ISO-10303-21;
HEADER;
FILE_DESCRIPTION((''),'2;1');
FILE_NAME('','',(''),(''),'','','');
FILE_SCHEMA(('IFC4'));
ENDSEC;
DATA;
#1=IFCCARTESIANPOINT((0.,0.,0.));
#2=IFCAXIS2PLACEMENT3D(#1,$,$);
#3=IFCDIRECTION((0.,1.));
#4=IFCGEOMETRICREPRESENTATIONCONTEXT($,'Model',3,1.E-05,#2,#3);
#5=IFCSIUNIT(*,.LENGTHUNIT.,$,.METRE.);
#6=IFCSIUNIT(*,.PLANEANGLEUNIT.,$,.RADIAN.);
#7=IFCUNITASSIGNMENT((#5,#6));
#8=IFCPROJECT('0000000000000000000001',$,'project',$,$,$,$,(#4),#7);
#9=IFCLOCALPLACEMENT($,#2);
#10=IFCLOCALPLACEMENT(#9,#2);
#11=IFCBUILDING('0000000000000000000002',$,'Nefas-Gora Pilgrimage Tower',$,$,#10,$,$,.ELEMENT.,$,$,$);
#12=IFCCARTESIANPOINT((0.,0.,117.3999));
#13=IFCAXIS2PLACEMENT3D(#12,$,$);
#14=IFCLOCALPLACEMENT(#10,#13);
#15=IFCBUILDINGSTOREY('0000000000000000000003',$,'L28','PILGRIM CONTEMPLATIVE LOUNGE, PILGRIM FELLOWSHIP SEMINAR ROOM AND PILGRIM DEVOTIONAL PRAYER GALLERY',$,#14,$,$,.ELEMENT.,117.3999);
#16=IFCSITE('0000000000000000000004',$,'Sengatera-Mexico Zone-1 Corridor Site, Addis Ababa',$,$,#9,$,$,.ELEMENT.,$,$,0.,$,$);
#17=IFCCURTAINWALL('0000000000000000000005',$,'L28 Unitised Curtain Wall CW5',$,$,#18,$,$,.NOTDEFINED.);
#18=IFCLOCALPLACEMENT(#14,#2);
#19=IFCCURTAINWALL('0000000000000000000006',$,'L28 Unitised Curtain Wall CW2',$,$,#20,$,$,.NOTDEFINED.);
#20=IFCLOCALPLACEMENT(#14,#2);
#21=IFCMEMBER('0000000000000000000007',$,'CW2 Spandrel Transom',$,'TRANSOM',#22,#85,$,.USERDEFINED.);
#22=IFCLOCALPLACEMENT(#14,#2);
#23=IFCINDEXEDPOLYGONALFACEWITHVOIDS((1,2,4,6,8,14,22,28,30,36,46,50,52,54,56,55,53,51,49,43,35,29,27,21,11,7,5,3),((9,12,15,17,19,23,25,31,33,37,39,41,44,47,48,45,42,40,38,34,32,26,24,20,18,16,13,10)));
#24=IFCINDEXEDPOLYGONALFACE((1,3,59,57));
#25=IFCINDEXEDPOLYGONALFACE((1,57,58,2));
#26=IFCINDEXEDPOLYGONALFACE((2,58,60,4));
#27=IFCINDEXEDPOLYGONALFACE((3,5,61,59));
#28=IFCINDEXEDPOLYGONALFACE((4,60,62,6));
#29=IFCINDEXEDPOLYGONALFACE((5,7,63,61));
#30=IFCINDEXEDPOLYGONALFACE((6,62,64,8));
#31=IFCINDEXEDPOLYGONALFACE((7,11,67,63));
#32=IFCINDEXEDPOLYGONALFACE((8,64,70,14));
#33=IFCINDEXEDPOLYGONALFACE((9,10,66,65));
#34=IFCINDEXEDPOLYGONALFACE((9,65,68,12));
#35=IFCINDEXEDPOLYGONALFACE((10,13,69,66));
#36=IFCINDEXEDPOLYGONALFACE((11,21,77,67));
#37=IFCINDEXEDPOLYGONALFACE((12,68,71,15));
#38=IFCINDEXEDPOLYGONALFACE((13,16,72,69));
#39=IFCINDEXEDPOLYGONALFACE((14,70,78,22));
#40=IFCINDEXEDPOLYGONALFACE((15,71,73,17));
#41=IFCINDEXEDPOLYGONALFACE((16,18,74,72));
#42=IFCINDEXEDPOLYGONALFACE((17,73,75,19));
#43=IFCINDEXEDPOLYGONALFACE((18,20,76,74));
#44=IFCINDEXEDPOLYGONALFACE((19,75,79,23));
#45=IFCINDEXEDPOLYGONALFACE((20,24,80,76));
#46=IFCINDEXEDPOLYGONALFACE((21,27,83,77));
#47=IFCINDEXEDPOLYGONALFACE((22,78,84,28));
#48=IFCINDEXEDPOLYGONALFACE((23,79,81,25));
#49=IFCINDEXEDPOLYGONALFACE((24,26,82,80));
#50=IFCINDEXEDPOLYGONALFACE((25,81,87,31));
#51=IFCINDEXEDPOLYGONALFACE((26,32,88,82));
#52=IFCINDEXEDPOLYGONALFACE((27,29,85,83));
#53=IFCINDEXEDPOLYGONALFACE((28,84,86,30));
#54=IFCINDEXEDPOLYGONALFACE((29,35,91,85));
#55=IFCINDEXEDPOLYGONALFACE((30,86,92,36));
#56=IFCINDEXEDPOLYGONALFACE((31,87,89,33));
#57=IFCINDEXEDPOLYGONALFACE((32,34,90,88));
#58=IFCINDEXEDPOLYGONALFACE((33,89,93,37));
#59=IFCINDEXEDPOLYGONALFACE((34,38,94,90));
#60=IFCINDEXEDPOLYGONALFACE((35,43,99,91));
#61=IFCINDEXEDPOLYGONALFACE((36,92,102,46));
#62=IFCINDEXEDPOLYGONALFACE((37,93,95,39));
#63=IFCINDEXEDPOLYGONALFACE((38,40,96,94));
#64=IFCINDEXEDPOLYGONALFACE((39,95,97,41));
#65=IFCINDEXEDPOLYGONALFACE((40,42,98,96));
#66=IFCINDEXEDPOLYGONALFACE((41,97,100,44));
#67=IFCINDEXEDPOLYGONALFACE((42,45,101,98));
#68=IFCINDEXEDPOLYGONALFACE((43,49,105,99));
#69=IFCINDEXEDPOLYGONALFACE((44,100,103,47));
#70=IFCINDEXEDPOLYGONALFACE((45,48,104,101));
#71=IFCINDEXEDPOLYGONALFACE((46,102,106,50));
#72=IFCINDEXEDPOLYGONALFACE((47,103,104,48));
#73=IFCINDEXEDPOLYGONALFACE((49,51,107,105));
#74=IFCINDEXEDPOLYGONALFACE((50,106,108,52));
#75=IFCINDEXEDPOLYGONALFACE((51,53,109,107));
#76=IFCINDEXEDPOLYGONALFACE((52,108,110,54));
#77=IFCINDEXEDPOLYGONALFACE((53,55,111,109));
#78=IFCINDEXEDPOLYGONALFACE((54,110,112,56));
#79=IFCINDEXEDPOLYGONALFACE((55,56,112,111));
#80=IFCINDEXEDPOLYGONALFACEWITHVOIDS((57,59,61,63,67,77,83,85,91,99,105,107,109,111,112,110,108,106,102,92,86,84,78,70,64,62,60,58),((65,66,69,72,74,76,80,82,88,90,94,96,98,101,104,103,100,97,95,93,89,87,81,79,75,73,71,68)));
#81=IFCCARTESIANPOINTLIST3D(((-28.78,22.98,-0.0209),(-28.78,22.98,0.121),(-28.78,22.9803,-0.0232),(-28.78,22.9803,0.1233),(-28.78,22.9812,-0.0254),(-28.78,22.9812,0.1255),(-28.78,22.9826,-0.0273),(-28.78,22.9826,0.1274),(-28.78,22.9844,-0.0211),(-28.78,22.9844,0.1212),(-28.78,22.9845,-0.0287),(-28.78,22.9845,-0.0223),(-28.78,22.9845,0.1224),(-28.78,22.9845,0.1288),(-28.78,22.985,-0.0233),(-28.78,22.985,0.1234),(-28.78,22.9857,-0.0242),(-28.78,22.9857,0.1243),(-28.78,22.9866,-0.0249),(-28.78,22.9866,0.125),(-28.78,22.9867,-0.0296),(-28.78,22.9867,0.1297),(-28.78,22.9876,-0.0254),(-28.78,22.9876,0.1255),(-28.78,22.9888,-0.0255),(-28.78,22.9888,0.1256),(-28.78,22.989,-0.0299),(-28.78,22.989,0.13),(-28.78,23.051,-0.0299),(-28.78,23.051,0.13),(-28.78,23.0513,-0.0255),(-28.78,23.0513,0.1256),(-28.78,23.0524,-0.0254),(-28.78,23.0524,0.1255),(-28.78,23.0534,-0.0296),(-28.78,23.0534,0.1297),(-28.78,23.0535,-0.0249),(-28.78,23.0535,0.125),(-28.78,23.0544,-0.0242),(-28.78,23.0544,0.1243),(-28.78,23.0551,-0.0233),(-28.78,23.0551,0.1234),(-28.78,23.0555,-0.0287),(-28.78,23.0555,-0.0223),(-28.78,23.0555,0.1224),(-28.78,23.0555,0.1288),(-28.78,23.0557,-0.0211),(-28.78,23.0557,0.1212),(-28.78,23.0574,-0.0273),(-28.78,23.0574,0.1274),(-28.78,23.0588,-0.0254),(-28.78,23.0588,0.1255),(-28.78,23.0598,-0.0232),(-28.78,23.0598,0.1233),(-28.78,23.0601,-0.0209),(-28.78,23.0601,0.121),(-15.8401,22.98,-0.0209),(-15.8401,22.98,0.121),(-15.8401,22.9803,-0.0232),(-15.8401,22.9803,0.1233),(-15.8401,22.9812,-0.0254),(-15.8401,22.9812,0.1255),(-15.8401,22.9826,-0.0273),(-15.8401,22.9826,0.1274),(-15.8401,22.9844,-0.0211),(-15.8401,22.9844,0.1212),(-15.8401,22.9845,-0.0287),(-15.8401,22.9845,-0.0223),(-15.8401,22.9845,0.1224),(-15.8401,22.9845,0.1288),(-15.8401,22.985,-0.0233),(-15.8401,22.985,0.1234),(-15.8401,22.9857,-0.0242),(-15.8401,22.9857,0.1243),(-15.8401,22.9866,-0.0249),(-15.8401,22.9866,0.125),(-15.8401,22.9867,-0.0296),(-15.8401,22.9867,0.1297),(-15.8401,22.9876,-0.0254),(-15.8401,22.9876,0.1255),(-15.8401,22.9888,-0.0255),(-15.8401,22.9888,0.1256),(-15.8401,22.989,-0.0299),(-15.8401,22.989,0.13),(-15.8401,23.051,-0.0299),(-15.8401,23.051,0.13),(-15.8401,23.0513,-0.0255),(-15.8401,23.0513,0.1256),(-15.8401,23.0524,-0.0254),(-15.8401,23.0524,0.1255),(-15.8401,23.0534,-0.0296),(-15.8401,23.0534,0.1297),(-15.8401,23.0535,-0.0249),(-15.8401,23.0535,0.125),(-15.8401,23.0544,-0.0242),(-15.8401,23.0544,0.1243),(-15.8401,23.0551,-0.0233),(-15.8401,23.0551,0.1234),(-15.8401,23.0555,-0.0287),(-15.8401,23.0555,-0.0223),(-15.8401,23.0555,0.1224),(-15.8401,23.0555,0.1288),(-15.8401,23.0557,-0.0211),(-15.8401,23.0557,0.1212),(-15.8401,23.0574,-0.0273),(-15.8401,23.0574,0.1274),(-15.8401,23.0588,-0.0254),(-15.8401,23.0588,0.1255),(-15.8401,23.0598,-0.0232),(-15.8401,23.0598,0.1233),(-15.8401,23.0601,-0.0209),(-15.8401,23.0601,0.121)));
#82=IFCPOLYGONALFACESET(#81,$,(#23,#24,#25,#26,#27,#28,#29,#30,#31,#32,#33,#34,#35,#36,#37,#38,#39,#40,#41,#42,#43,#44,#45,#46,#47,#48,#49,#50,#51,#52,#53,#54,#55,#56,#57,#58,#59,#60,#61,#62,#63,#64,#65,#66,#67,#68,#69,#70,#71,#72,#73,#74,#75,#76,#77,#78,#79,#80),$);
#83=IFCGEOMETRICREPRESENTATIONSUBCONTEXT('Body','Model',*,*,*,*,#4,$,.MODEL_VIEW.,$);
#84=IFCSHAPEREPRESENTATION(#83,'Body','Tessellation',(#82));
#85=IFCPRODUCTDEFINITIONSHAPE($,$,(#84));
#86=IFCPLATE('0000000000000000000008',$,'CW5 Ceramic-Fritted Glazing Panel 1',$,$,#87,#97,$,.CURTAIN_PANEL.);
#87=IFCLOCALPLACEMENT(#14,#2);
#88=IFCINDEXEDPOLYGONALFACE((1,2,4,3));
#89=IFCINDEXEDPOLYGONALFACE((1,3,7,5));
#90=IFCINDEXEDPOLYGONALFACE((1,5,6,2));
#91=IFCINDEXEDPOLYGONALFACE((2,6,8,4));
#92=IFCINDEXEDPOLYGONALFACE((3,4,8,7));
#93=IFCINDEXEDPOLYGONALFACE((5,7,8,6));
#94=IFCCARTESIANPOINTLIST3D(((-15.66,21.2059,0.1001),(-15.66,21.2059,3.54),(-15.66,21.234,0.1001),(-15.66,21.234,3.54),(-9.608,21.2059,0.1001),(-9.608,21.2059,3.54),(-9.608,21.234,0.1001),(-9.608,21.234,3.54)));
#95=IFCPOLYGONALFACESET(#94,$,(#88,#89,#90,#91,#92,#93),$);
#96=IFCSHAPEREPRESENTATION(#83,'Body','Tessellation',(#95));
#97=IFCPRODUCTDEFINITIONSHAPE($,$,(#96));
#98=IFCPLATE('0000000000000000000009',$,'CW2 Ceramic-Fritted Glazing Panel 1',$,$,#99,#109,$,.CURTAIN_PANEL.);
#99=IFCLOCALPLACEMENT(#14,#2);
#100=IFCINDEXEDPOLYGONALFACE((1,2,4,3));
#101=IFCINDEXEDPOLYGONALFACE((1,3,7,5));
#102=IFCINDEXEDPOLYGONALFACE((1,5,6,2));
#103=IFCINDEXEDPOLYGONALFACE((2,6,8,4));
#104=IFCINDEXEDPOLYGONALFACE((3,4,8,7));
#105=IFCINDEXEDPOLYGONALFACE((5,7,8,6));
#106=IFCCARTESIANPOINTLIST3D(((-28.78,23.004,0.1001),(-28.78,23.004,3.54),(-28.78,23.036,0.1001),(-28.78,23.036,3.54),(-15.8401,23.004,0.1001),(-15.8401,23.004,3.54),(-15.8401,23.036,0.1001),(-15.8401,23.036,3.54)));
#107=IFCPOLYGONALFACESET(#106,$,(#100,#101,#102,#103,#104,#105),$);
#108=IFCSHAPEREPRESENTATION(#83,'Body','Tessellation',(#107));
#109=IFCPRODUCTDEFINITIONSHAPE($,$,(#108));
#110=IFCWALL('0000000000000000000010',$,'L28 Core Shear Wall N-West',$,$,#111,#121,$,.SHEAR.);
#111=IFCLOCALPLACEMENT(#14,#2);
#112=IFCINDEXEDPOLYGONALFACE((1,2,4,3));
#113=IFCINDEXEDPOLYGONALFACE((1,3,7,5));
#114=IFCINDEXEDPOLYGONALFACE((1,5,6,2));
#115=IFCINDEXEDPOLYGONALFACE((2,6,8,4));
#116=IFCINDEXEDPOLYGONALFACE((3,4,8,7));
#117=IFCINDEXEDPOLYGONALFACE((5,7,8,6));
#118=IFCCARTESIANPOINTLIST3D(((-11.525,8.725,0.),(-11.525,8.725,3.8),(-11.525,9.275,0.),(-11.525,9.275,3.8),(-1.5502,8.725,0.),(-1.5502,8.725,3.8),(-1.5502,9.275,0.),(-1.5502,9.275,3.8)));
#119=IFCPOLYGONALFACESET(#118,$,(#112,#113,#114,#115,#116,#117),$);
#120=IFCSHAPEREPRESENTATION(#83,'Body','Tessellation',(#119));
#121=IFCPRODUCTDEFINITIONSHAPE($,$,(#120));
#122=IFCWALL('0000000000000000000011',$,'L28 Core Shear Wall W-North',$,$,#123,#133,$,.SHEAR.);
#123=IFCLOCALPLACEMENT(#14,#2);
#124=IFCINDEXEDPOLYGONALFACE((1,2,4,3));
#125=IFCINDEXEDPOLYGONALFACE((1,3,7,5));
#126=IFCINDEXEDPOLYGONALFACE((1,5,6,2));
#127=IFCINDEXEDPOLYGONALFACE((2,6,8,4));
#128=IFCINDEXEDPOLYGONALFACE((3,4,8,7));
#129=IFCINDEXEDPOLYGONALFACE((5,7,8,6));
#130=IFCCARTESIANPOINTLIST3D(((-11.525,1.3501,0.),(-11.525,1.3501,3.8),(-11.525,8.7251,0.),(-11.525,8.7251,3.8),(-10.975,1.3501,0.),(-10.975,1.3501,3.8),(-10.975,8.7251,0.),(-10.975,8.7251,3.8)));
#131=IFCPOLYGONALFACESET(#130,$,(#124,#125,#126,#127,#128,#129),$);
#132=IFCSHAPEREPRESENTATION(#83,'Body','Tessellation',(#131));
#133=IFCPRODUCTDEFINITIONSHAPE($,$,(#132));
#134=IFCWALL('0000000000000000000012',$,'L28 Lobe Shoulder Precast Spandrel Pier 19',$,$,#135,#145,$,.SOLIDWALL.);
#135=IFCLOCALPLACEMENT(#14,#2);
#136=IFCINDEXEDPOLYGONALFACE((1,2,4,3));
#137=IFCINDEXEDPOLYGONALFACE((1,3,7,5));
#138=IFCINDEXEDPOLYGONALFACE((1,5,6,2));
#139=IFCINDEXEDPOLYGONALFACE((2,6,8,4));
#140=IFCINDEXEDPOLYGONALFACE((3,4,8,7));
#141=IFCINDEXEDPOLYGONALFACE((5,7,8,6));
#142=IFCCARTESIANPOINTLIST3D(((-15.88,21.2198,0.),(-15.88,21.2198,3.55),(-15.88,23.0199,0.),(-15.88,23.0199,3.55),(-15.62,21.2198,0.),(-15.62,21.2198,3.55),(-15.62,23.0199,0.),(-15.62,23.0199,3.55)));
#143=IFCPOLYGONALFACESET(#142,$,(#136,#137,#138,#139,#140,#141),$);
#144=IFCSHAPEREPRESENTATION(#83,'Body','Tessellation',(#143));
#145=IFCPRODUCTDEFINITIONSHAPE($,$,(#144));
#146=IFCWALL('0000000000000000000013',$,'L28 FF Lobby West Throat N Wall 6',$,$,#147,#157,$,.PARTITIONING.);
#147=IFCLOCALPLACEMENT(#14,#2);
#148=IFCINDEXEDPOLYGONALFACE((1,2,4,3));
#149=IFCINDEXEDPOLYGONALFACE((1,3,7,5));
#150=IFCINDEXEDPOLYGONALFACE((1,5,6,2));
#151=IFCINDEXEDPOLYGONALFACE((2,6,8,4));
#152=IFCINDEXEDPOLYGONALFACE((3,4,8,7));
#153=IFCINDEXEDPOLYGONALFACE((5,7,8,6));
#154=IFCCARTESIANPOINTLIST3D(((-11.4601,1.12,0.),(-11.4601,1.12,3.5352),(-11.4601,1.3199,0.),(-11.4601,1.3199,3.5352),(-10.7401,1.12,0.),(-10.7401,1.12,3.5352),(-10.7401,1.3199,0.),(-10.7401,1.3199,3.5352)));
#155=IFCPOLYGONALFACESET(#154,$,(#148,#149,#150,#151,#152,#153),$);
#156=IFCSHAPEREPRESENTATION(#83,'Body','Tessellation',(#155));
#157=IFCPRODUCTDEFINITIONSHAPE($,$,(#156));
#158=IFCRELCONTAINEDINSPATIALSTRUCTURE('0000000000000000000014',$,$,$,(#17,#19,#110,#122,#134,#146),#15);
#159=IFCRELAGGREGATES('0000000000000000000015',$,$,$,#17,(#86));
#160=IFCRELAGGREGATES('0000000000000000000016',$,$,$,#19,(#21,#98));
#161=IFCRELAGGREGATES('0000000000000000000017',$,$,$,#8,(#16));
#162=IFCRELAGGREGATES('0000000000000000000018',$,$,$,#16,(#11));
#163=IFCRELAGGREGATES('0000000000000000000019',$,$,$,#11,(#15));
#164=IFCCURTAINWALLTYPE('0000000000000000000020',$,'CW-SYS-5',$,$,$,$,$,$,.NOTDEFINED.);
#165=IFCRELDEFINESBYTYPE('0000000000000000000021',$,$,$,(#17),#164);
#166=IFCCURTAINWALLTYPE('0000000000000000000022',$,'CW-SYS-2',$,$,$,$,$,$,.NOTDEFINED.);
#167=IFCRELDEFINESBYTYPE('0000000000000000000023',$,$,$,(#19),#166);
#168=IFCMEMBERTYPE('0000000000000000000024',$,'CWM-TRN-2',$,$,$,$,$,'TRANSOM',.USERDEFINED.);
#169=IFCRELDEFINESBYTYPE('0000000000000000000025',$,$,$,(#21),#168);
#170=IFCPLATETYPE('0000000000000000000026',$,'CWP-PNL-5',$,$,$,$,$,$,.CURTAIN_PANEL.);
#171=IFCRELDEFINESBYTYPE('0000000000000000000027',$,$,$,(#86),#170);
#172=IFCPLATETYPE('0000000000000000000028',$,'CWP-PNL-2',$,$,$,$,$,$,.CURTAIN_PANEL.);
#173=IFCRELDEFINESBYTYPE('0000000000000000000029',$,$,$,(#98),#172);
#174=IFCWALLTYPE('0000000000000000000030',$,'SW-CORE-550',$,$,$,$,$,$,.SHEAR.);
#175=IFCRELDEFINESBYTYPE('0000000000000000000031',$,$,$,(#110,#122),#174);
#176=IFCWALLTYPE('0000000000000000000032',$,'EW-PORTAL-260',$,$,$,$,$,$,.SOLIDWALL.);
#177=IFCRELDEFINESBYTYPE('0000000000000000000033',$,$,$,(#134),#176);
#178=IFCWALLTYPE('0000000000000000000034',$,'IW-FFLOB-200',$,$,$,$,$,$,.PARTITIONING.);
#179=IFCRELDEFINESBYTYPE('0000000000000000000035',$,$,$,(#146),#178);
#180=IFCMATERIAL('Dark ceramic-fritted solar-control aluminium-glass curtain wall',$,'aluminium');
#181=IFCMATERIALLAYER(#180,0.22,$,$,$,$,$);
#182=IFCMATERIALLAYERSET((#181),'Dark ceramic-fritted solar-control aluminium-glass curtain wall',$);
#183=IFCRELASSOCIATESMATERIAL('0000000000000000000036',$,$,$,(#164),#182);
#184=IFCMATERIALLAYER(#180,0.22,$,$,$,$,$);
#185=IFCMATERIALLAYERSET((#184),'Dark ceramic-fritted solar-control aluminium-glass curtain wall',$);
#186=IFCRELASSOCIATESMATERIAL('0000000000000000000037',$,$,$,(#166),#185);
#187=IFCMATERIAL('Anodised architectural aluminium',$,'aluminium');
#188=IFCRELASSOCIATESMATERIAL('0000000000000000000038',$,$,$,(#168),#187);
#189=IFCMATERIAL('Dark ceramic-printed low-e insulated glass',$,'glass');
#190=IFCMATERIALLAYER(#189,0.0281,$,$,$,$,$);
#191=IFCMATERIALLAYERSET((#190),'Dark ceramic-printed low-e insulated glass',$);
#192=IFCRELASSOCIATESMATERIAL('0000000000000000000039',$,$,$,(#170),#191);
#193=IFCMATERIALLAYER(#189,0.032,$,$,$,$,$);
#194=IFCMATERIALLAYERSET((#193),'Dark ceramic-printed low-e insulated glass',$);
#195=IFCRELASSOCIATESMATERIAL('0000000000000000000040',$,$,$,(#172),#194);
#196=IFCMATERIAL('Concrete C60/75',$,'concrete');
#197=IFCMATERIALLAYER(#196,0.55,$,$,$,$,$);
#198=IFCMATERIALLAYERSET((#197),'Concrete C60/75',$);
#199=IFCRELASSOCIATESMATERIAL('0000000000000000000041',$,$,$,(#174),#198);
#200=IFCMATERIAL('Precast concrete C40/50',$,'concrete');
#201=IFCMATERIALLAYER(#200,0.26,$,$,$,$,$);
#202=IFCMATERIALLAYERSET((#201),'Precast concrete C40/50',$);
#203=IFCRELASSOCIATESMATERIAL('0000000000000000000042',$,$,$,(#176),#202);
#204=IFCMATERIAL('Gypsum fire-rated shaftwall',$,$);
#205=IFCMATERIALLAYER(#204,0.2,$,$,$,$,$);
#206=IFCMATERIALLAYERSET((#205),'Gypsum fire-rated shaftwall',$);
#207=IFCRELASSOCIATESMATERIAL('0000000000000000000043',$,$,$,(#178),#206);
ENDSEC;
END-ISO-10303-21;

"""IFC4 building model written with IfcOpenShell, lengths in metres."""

from ifc_helpers import new_model, si_unit, direction, frame, frame_2d, origin, origin_2d, place, context, subcontext, project, spatial, rectangle, hollow_rectangle, extrude, source, transform, mapped, material, layer, layer_set, material_profile, profile_set, type_object, element, aggregate, save


model = new_model("IFC4")

# Units and contexts
model_context = context("Model", 3, precision=1e-05, world=origin(), true_north=direction((0.0, 1.0)))
body_context = subcontext(model_context, "Body", "Model", "MODEL_VIEW")
ifc_project = project(units=[si_unit("LENGTHUNIT", "METRE"), si_unit("PLANEANGLEUNIT", "RADIAN")], contexts=[model_context])

# Site, building, storey
site_placement = place(None, origin())
site = spatial("IfcSite", under=ifc_project, at=site_placement, Name="Sengatera-Mexico Zone-1 Corridor Site, Addis Ababa", CompositionType="ELEMENT", RefElevation=0.0)
building_placement = place(site_placement, origin())
building = spatial("IfcBuilding", under=site, at=building_placement, Name="Nefas-Gora Pilgrimage Tower", CompositionType="ELEMENT")
storey_placement = place(building_placement, frame((0.0, 0.0, 117.3999)))
storey = spatial("IfcBuildingStorey", under=building, at=storey_placement, Name="L28", Description="PILGRIM CONTEMPLATIVE LOUNGE, PILGRIM FELLOWSHIP SEMINAR ROOM AND PILGRIM DEVOTIONAL PRAYER GALLERY", CompositionType="ELEMENT", Elevation=117.3999)

# Curtain wall
ifc_material_1 = material(Name="Dark ceramic-fritted solar-control aluminium-glass curtain wall", Category="aluminium")
ifc_layer_1 = layer(ifc_material_1, 0.22)
ifc_layer_set_1 = layer_set([ifc_layer_1], Name="Dark ceramic-fritted solar-control aluminium-glass curtain wall")
curtain_wall_type_1 = type_object("IfcCurtainWallType", Name="CW-SYS-5", PredefinedType="NOTDEFINED", material=ifc_layer_set_1)
curtain_wall_1_placement = place(storey_placement, origin())
curtain_wall_1 = element("IfcCurtainWall", 1, at=curtain_wall_1_placement, inside=storey, type_object=curtain_wall_type_1, Name="L28 Unitised Curtain Wall CW5", PredefinedType="NOTDEFINED")
ifc_material_2 = material(Name="Anodised architectural aluminium", Category="aluminium")

# Curtain wall, member
ifc_layer_2 = layer(ifc_material_1, 0.22)
ifc_layer_set_2 = layer_set([ifc_layer_2], Name="Dark ceramic-fritted solar-control aluminium-glass curtain wall")
curtain_wall_type_2 = type_object("IfcCurtainWallType", Name="CW-SYS-2", PredefinedType="NOTDEFINED", material=ifc_layer_set_2)
curtain_wall_2_placement = place(storey_placement, origin())
curtain_wall_2 = element("IfcCurtainWall", 2, at=curtain_wall_2_placement, inside=storey, type_object=curtain_wall_type_2, Name="L28 Unitised Curtain Wall CW2", PredefinedType="NOTDEFINED")
ifc_material_profile_1 = material_profile(ifc_material_2, hollow_rectangle(XDim=0.0801, YDim=0.1599, WallThickness=0.0044, InnerFilletRadius=0.0044, OuterFilletRadius=0.009, at=origin_2d()), Name="ALU TRANSOM 80x160")
ifc_profile_set_1 = profile_set([ifc_material_profile_1], Name="Anodised architectural aluminium")
member_type_1 = type_object("IfcMemberType", Name="CWM-TRN-2", ElementType="TRANSOM", PredefinedType="USERDEFINED", material=ifc_profile_set_1)
shared_shape_1 = source(origin(), body_context, "Body", "SweptSolid", [
    extrude(hollow_rectangle(XDim=0.0801, YDim=0.1599, WallThickness=0.0044, InnerFilletRadius=0.0044, OuterFilletRadius=0.009, at=origin_2d()), origin(), (0.0, 0.0, 1.0), 12.9399),
])
member_1_placement = place(storey_placement, frame((-15.8401, 23.02, 0.05), z_axis=(-1.0, 0.0, 0.0), x_axis=(0.0, -1.0, 0.0)))
member_1 = element("IfcMember", 3, at=member_1_placement, type_object=member_type_1, Name="CW2 Spandrel Transom", ObjectType="TRANSOM", PredefinedType="USERDEFINED", context=body_context, shape_type="MappedRepresentation", body=[
    mapped(shared_shape_1, transform((0.0, 0.0, 0.0), x_axis=(1.0, 0.0, 0.0), y_axis=(0.0, 1.0, 0.0), z_axis=(0.0, 0.0, 1.0), scale=1.0)),
])

# Plates
ifc_material_3 = material(Name="Dark ceramic-printed low-e insulated glass", Category="glass")
ifc_layer_3 = layer(ifc_material_3, 0.0281)
ifc_layer_set_3 = layer_set([ifc_layer_3], Name="Dark ceramic-printed low-e insulated glass")
plate_type_1 = type_object("IfcPlateType", Name="CWP-PNL-5", PredefinedType="CURTAIN_PANEL", material=ifc_layer_set_3)
shared_shape_2 = source(origin(), body_context, "Body", "SweptSolid", [
    extrude(rectangle(XDim=6.052, YDim=0.0281, at=origin_2d()), origin(), (0.0, 0.0, 1.0), 3.4399),
])
plate_1_placement = place(storey_placement, frame((-12.634, 21.22, 0.1001), z_axis=(0.0, 0.0, 1.0), x_axis=(-1.0, 0.0, 0.0)))
plate_1 = element("IfcPlate", 4, at=plate_1_placement, type_object=plate_type_1, Name="CW5 Ceramic-Fritted Glazing Panel 1", PredefinedType="CURTAIN_PANEL", context=body_context, shape_type="MappedRepresentation", body=[
    mapped(shared_shape_2, transform((0.0, 0.0, 0.0), x_axis=(1.0, 0.0, 0.0), y_axis=(0.0, 1.0, 0.0), z_axis=(0.0, 0.0, 1.0), scale=1.0)),
])
aggregate(curtain_wall_1, [plate_1])
ifc_layer_4 = layer(ifc_material_3, 0.032)
ifc_layer_set_4 = layer_set([ifc_layer_4], Name="Dark ceramic-printed low-e insulated glass")
plate_type_2 = type_object("IfcPlateType", Name="CWP-PNL-2", PredefinedType="CURTAIN_PANEL", material=ifc_layer_set_4)
shared_shape_3 = source(origin(), body_context, "Body", "SweptSolid", [
    extrude(rectangle(XDim=12.9399, YDim=0.032, at=origin_2d()), origin(), (0.0, 0.0, 1.0), 3.4399),
])
plate_2_placement = place(storey_placement, frame((-22.3101, 23.02, 0.1001), z_axis=(0.0, 0.0, 1.0), x_axis=(-1.0, 0.0, 0.0)))
plate_2 = element("IfcPlate", 5, at=plate_2_placement, type_object=plate_type_2, Name="CW2 Ceramic-Fritted Glazing Panel 1", PredefinedType="CURTAIN_PANEL", context=body_context, shape_type="MappedRepresentation", body=[
    mapped(shared_shape_3, transform((0.0, 0.0, 0.0), x_axis=(1.0, 0.0, 0.0), y_axis=(0.0, 1.0, 0.0), z_axis=(0.0, 0.0, 1.0), scale=1.0)),
])
aggregate(curtain_wall_2, [member_1, plate_2])

# Walls
ifc_material_4 = material(Name="Concrete C60/75", Category="concrete")
ifc_layer_5 = layer(ifc_material_4, 0.55)
ifc_layer_set_5 = layer_set([ifc_layer_5], Name="Concrete C60/75")
wall_type_1 = type_object("IfcWallType", Name="SW-CORE-550", PredefinedType="SHEAR", material=ifc_layer_set_5)
shared_shape_4 = source(origin(), body_context, "Body", "SweptSolid", [
    extrude(rectangle(XDim=9.9749, YDim=0.55, at=frame_2d((4.9873, 0.0))), origin(), (0.0, 0.0, 1.0), 3.8),
])
wall_1_placement = place(storey_placement, frame((-11.5249, 9.0, 0.0), z_axis=(0.0, 0.0, 1.0), x_axis=(1.0, 0.0, 0.0)))
element("IfcWall", 6, at=wall_1_placement, inside=storey, type_object=wall_type_1, Name="L28 Core Shear Wall N-West", PredefinedType="SHEAR", context=body_context, shape_type="MappedRepresentation", body=[
    mapped(shared_shape_4, transform((0.0, 0.0, 0.0), x_axis=(1.0, 0.0, 0.0), y_axis=(0.0, 1.0, 0.0), z_axis=(0.0, 0.0, 1.0), scale=1.0)),
])
shared_shape_5 = source(origin(), body_context, "Body", "SweptSolid", [
    extrude(rectangle(XDim=7.375, YDim=0.55, at=frame_2d((3.6875, 0.0))), origin(), (0.0, 0.0, 1.0), 3.8),
])
wall_2_placement = place(storey_placement, frame((-11.25, 1.3501, 0.0), z_axis=(0.0, 0.0, 1.0), x_axis=(0.0, 1.0, 0.0)))
element("IfcWall", 7, at=wall_2_placement, inside=storey, type_object=wall_type_1, Name="L28 Core Shear Wall W-North", PredefinedType="SHEAR", context=body_context, shape_type="MappedRepresentation", body=[
    mapped(shared_shape_5, transform((0.0, 0.0, 0.0), x_axis=(1.0, 0.0, 0.0), y_axis=(0.0, 1.0, 0.0), z_axis=(0.0, 0.0, 1.0), scale=1.0)),
])
ifc_material_5 = material(Name="Precast concrete C40/50", Category="concrete")
ifc_layer_6 = layer(ifc_material_5, 0.26)
ifc_layer_set_6 = layer_set([ifc_layer_6], Name="Precast concrete C40/50")
wall_type_2 = type_object("IfcWallType", Name="EW-PORTAL-260", PredefinedType="SOLIDWALL", material=ifc_layer_set_6)
shared_shape_6 = source(origin(), body_context, "Body", "SweptSolid", [
    extrude(rectangle(XDim=1.8, YDim=0.26, at=frame_2d((0.8999, 0.0))), origin(), (0.0, 0.0, 1.0), 3.55),
])
wall_3_placement = place(storey_placement, frame((-15.75, 21.22, 0.0), z_axis=(0.0, 0.0, 1.0), x_axis=(0.0, 1.0, 0.0)))
element("IfcWall", 8, at=wall_3_placement, inside=storey, type_object=wall_type_2, Name="L28 Lobe Shoulder Precast Spandrel Pier 19", PredefinedType="SOLIDWALL", context=body_context, shape_type="MappedRepresentation", body=[
    mapped(shared_shape_6, transform((0.0, 0.0, 0.0), x_axis=(1.0, 0.0, 0.0), y_axis=(0.0, 1.0, 0.0), z_axis=(0.0, 0.0, 1.0), scale=1.0)),
])
ifc_material_6 = material(Name="Gypsum fire-rated shaftwall")
ifc_layer_7 = layer(ifc_material_6, 0.2)
ifc_layer_set_7 = layer_set([ifc_layer_7], Name="Gypsum fire-rated shaftwall")
wall_type_3 = type_object("IfcWallType", Name="IW-FFLOB-200", PredefinedType="PARTITIONING", material=ifc_layer_set_7)
shared_shape_7 = source(origin(), body_context, "Body", "SweptSolid", [
    extrude(rectangle(XDim=0.72, YDim=0.2, at=frame_2d((0.3599, 0.0))), origin(), (0.0, 0.0, 1.0), 3.5352),
])
wall_4_placement = place(storey_placement, frame((-11.46, 1.22, 0.0), z_axis=(0.0, 0.0, 1.0), x_axis=(1.0, 0.0, 0.0)))
element("IfcWall", 9, at=wall_4_placement, inside=storey, type_object=wall_type_3, Name="L28 FF Lobby West Throat N Wall 6", PredefinedType="PARTITIONING", context=body_context, shape_type="MappedRepresentation", body=[
    mapped(shared_shape_7, transform((0.0, 0.0, 0.0), x_axis=(1.0, 0.0, 0.0), y_axis=(0.0, 1.0, 0.0), z_axis=(0.0, 0.0, 1.0), scale=1.0)),
])

save(model, "model.ifc")
